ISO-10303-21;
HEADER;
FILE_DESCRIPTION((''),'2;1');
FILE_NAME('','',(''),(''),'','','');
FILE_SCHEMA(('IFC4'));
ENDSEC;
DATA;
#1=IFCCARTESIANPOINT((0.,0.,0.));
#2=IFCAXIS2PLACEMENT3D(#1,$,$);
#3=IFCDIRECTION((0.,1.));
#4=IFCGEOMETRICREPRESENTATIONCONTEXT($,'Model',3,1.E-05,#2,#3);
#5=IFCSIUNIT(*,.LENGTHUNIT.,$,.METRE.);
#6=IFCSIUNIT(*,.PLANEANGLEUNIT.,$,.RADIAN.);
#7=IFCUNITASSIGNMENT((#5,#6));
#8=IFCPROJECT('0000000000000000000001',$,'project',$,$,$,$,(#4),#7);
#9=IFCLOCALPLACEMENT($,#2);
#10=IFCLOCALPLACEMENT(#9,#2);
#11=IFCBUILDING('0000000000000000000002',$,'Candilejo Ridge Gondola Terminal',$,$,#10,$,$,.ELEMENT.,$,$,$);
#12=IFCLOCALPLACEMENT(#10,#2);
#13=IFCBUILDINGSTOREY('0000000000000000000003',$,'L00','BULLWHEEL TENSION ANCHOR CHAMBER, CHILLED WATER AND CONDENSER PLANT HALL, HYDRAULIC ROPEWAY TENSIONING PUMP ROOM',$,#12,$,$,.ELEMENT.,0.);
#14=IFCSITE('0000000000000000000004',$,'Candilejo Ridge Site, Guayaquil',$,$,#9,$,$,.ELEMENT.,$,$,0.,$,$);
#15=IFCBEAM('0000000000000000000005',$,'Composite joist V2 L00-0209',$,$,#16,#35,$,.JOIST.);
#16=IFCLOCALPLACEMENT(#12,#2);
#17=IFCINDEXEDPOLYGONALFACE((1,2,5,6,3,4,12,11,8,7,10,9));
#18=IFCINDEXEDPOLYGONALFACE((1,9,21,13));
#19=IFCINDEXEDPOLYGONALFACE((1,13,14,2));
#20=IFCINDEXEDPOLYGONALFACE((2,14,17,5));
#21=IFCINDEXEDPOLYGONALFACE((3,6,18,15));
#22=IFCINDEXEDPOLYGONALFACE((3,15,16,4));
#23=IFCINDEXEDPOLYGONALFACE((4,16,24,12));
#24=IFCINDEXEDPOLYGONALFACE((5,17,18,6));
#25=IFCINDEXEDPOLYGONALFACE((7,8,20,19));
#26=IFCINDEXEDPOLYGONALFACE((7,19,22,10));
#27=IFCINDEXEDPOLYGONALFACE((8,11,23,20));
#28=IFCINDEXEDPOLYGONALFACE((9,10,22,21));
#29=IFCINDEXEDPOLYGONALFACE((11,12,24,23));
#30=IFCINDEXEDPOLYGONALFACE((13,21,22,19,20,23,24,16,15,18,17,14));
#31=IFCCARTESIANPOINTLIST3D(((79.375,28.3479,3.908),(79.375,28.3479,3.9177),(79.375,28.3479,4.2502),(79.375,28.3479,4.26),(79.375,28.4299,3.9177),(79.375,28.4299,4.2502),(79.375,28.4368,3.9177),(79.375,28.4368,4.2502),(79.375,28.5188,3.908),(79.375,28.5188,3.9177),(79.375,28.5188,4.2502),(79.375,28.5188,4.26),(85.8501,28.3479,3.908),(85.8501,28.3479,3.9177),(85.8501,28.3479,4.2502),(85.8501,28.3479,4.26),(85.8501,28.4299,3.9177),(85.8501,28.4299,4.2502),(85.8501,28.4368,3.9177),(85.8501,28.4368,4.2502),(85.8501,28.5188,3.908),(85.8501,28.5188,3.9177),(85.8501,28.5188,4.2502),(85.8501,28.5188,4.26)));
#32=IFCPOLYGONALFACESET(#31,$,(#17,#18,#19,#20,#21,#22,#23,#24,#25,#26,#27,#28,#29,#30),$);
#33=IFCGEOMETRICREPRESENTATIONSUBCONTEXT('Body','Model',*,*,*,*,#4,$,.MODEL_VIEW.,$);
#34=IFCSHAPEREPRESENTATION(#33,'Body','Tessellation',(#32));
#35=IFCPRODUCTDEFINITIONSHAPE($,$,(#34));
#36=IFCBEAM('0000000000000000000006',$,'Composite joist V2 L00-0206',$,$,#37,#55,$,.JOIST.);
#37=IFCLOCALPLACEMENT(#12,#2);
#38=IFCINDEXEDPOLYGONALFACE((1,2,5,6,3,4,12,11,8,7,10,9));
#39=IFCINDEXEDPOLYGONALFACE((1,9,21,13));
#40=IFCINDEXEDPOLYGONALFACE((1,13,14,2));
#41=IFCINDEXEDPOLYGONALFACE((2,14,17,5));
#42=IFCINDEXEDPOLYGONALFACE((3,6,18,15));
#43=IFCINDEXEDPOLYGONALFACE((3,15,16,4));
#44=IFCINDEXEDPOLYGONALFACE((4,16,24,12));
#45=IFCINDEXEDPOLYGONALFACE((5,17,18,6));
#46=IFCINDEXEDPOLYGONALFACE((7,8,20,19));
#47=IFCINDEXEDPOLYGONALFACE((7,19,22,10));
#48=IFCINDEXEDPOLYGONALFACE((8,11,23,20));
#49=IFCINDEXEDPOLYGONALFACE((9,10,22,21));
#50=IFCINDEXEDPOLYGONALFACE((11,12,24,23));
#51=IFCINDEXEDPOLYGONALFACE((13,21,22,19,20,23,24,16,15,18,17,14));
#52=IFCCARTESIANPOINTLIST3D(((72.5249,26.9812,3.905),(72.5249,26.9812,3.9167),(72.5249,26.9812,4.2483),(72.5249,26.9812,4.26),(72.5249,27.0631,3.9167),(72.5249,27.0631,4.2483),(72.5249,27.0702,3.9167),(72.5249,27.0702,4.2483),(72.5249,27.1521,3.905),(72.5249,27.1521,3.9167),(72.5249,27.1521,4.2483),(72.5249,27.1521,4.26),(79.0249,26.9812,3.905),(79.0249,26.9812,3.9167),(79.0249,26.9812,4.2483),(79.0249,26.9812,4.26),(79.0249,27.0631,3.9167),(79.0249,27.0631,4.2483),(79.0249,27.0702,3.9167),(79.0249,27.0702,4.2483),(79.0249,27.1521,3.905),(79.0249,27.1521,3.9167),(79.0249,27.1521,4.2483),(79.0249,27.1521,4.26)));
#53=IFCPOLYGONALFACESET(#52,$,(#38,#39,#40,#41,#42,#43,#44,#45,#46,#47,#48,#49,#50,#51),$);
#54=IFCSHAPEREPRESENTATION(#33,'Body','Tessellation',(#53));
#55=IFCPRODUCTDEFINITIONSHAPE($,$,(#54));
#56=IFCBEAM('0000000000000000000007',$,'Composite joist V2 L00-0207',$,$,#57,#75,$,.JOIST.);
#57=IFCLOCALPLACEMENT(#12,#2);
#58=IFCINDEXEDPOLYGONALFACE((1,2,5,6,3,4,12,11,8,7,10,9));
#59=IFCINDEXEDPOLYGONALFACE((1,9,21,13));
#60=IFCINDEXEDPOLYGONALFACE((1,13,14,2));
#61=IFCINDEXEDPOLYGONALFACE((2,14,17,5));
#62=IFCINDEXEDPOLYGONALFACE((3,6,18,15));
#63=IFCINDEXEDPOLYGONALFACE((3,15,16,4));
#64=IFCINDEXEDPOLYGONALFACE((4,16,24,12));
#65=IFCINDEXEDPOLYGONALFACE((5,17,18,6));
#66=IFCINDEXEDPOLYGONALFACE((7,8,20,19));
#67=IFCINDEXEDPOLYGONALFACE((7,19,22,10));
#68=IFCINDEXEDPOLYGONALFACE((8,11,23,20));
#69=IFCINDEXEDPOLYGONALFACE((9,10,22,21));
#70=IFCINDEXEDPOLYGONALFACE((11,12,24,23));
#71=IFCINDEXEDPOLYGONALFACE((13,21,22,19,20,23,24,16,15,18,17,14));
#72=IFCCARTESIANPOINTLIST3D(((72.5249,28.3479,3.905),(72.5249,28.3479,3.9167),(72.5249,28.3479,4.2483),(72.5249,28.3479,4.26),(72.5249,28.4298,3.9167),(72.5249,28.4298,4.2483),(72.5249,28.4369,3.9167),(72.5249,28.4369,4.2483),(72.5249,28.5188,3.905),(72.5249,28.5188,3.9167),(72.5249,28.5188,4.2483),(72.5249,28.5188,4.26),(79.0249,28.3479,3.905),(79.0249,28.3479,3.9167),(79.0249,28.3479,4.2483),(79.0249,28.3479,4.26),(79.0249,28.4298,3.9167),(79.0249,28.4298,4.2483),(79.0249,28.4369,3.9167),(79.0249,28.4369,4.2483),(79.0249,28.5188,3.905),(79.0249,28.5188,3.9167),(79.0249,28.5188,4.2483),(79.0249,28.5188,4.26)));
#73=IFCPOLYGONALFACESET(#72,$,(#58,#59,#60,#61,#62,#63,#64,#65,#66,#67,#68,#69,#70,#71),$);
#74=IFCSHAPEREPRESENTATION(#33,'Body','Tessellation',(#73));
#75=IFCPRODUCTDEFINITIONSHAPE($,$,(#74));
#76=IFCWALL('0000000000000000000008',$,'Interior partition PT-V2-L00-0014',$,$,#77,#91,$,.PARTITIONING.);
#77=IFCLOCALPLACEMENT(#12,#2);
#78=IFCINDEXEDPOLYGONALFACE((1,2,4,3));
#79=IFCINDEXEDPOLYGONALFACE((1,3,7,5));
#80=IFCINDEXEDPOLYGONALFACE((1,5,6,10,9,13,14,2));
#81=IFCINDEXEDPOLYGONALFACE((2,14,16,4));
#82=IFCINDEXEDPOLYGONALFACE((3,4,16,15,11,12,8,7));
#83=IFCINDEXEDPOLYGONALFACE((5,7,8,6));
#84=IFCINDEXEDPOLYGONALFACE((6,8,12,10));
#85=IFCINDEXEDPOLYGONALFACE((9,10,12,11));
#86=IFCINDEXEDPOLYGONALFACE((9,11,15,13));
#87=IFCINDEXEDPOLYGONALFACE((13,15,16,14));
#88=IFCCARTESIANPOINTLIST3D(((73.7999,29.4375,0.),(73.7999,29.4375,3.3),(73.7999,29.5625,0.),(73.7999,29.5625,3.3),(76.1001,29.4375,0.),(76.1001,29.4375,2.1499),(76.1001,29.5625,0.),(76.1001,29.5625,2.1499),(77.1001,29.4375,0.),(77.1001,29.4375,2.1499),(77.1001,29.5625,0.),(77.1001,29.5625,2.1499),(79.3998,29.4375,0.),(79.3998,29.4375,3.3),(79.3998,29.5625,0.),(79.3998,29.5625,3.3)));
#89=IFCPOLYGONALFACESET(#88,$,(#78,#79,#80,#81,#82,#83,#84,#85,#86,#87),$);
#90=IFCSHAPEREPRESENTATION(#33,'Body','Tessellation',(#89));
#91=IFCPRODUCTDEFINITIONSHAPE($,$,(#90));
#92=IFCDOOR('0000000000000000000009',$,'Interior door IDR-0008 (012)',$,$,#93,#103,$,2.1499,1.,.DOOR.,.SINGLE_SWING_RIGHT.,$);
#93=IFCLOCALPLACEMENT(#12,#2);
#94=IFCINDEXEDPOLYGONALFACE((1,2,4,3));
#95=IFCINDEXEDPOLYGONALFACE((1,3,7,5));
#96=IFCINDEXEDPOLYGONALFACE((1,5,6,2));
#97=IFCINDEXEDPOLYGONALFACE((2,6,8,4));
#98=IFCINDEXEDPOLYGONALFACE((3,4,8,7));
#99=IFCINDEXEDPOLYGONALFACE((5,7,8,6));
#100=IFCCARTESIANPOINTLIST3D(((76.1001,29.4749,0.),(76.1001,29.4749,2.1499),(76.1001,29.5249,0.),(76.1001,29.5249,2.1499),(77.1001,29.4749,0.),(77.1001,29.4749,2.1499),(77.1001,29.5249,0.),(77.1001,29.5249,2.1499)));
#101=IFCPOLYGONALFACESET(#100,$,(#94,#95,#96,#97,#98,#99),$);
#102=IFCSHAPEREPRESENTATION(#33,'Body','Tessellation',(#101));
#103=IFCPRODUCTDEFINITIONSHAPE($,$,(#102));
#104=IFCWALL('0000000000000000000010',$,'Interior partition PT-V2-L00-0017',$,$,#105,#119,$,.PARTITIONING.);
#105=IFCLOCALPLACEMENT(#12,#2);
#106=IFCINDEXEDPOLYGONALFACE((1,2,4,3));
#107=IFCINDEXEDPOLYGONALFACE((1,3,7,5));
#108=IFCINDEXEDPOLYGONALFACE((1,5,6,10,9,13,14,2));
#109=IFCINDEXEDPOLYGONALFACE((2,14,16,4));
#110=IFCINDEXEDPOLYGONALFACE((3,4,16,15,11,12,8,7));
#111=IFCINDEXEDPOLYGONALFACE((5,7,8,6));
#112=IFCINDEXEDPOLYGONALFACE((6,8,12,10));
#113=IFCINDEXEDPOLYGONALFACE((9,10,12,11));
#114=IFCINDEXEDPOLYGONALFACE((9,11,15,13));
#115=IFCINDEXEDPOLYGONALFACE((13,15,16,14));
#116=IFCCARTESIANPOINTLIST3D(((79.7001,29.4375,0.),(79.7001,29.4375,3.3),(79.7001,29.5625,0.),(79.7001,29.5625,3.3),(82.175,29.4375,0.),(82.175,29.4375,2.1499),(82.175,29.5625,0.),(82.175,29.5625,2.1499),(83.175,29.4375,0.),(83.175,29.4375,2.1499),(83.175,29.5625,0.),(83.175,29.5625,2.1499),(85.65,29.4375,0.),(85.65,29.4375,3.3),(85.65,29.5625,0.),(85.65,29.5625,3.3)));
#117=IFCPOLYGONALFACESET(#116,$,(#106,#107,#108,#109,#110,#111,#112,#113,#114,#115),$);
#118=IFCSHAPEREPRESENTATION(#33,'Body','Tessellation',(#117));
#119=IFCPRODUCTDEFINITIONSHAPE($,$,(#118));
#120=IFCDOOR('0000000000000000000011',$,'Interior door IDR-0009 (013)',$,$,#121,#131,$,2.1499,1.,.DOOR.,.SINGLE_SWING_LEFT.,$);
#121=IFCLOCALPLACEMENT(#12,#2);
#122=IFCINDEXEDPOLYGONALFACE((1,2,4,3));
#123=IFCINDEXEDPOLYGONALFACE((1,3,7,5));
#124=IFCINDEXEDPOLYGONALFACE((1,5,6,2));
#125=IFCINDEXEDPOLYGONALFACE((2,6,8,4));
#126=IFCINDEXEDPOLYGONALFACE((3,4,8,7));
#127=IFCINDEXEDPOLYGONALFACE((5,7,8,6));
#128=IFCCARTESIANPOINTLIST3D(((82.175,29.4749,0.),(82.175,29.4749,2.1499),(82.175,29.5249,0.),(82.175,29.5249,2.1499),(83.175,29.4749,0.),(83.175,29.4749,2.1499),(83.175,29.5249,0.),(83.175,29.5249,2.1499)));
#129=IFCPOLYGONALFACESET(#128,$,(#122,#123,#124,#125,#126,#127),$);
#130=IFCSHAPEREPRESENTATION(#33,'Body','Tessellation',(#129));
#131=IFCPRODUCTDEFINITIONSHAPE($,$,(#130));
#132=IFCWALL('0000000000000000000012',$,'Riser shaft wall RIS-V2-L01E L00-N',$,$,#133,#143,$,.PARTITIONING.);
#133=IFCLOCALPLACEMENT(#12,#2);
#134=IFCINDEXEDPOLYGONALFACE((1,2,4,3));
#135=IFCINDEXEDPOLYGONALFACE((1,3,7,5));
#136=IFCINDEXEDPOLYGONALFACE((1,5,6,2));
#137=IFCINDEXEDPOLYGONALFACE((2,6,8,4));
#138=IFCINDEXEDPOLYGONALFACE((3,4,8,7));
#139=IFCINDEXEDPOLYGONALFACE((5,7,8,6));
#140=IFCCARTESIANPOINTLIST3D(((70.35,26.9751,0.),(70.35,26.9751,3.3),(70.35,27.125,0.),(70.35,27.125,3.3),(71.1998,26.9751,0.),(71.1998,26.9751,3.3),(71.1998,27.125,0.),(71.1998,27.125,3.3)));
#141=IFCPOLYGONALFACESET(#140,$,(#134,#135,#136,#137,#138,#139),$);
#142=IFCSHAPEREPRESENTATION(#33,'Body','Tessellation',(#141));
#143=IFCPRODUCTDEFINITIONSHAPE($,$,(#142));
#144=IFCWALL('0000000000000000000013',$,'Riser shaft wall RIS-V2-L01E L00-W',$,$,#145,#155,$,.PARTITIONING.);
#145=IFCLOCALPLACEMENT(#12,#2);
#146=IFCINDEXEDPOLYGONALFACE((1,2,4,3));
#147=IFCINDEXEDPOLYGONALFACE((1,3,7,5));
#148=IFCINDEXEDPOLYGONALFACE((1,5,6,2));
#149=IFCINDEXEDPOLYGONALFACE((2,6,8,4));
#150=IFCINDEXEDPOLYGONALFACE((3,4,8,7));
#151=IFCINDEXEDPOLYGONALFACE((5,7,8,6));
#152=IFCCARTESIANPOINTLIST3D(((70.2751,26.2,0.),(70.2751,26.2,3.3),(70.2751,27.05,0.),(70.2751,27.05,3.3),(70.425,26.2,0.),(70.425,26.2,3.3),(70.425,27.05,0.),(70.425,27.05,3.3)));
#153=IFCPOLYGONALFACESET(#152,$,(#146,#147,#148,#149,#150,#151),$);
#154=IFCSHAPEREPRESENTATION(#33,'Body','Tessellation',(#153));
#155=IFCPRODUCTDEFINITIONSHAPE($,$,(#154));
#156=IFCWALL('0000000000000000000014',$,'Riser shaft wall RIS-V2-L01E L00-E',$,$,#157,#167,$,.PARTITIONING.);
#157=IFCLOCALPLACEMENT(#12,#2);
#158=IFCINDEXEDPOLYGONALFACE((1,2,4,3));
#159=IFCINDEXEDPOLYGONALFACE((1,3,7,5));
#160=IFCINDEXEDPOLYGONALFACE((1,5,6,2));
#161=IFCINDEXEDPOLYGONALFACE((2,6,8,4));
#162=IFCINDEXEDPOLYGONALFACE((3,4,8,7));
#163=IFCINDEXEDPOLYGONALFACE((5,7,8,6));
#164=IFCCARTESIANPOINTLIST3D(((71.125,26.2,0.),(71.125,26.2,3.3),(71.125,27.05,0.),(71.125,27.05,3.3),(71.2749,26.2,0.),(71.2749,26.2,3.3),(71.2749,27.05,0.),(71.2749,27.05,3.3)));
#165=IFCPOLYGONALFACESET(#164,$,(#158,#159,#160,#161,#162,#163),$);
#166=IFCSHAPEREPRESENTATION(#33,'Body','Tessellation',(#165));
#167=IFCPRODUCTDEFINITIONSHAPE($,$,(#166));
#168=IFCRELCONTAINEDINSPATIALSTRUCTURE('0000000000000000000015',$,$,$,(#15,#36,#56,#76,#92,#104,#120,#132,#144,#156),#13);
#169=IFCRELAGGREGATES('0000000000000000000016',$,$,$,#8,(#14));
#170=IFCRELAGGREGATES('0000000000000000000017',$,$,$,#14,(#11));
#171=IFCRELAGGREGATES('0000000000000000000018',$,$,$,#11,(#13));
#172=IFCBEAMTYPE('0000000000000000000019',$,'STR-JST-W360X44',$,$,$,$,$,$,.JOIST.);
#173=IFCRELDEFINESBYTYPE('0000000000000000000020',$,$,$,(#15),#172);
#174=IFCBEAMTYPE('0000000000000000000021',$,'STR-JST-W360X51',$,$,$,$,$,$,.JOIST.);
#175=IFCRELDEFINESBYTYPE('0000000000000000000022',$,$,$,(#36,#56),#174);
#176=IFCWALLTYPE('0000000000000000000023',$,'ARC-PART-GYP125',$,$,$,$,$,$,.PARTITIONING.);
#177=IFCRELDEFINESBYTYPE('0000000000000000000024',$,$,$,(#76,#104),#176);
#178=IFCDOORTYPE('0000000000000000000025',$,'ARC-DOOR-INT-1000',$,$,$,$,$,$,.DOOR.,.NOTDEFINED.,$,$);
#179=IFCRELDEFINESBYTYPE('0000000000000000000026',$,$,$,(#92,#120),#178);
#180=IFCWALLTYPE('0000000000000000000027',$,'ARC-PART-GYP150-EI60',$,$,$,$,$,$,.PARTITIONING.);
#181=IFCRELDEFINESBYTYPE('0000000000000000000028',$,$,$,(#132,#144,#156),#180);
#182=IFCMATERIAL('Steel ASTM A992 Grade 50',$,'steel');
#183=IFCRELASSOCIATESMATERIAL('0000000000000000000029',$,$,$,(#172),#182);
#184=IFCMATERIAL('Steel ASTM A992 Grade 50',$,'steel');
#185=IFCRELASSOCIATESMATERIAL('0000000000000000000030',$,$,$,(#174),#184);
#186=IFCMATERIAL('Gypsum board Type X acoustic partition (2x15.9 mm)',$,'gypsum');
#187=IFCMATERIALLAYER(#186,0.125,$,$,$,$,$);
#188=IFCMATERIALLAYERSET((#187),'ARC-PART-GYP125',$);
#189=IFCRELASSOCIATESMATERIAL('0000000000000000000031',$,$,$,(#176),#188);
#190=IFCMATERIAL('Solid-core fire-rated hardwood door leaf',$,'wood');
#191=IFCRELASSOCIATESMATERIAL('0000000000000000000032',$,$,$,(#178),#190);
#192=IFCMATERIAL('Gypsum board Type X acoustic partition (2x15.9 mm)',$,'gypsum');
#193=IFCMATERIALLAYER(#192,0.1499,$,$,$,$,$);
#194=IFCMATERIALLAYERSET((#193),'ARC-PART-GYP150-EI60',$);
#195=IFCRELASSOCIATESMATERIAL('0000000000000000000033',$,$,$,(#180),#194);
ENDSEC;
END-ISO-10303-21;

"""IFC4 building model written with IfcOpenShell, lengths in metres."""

from ifc_helpers import new_model, si_unit, direction, frame, frame_2d, origin, origin_2d, place, context, subcontext, project, spatial, rectangle, i_section, extrude, material, layer, layer_set, material_profile, profile_set, type_object, element, fill, save


model = new_model("IFC4")

# Units and contexts
model_context = context("Model", 3, precision=1e-05, world=origin(), true_north=direction((0.0, 1.0)))
body_context = subcontext(model_context, "Body", "Model", "MODEL_VIEW")
ifc_project = project(units=[si_unit("LENGTHUNIT", "METRE"), si_unit("PLANEANGLEUNIT", "RADIAN")], contexts=[model_context])

# Site, building, storey
site_placement = place(None, origin())
site = spatial("IfcSite", under=ifc_project, at=site_placement, Name="Candilejo Ridge Site, Guayaquil", CompositionType="ELEMENT", RefElevation=0.0)
building_placement = place(site_placement, origin())
building = spatial("IfcBuilding", under=site, at=building_placement, Name="Candilejo Ridge Gondola Terminal", CompositionType="ELEMENT")
storey_placement = place(building_placement, origin())
storey = spatial("IfcBuildingStorey", under=building, at=storey_placement, Name="L00", Description="BULLWHEEL TENSION ANCHOR CHAMBER, CHILLED WATER AND CONDENSER PLANT HALL, HYDRAULIC ROPEWAY TENSIONING PUMP ROOM", CompositionType="ELEMENT", Elevation=0.0)

# Beams
ifc_material_1 = material(Name="Steel ASTM A992 Grade 50", Category="steel")
ifc_material_profile_1 = material_profile(ifc_material_1, i_section(OverallWidth=0.1709, OverallDepth=0.3521, WebThickness=0.0068, FlangeThickness=0.0098, at=origin_2d()))
ifc_profile_set_1 = profile_set([ifc_material_profile_1], Name="Steel ASTM A992 Grade 50")
beam_type_1 = type_object("IfcBeamType", Name="STR-JST-W360X44", PredefinedType="JOIST", material=ifc_profile_set_1)
for number, where, z_axis, x_axis, name in (
    (1, (79.375, 28.4333, 4.084), (1.0, 0.0, 0.0), (0.0, 1.0, 0.0), "Composite joist V2 L00-0209"),
):
    element("IfcBeam", number, at=place(storey_placement, frame(where, z_axis=z_axis, x_axis=x_axis)), inside=storey, type_object=beam_type_1, Name=name, PredefinedType="JOIST", context=body_context, shape_type="SweptSolid", body=[
        extrude(i_section(OverallWidth=0.1709, OverallDepth=0.3521, WebThickness=0.0068, FlangeThickness=0.0098, at=origin_2d()), origin(), (0.0, 0.0, 1.0), 6.4751),
    ])
ifc_material_2 = material(Name="Steel ASTM A992 Grade 50", Category="steel")
ifc_material_profile_2 = material_profile(ifc_material_2, i_section(OverallWidth=0.1709, OverallDepth=0.355, WebThickness=0.0071, FlangeThickness=0.0117, at=origin_2d()))
ifc_profile_set_2 = profile_set([ifc_material_profile_2], Name="Steel ASTM A992 Grade 50")
beam_type_2 = type_object("IfcBeamType", Name="STR-JST-W360X51", PredefinedType="JOIST", material=ifc_profile_set_2)
for number, where, z_axis, x_axis, name in (
    (2, (72.5249, 27.0667, 4.0825), (1.0, 0.0, 0.0), (0.0, 1.0, 0.0), "Composite joist V2 L00-0206"),
    (3, (72.5249, 28.4333, 4.0825), (1.0, 0.0, 0.0), (0.0, 1.0, 0.0), "Composite joist V2 L00-0207"),
):
    element("IfcBeam", number, at=place(storey_placement, frame(where, z_axis=z_axis, x_axis=x_axis)), inside=storey, type_object=beam_type_2, Name=name, PredefinedType="JOIST", context=body_context, shape_type="SweptSolid", body=[
        extrude(i_section(OverallWidth=0.1709, OverallDepth=0.355, WebThickness=0.0071, FlangeThickness=0.0117, at=origin_2d()), origin(), (0.0, 0.0, 1.0), 6.5),
    ])

# Walls, openings, doors
ifc_material_3 = material(Name="Gypsum board Type X acoustic partition (2x15.9 mm)", Category="gypsum")
ifc_layer_1 = layer(ifc_material_3, 0.125)
ifc_layer_set_1 = layer_set([ifc_layer_1], Name="ARC-PART-GYP125")
wall_type_1 = type_object("IfcWallType", Name="ARC-PART-GYP125", PredefinedType="PARTITIONING", material=ifc_layer_set_1)
wall_1_placement = place(storey_placement, frame((73.8, 29.5, 0.0), z_axis=(0.0, 0.0, 1.0), x_axis=(1.0, 0.0, 0.0)))
wall_1 = element("IfcWall", 4, at=wall_1_placement, inside=storey, type_object=wall_type_1, Name="Interior partition PT-V2-L00-0014", PredefinedType="PARTITIONING", context=body_context, shape_type="SweptSolid", body=[
    extrude(rectangle(XDim=5.5999, YDim=0.125, at=frame_2d((2.7998, 0.0))), origin(), (0.0, 0.0, 1.0), 3.3),
])
opening_1_placement = place(wall_1_placement, frame((2.3, 0.0, 0.0)))
opening_1 = element("IfcOpeningElement", 5, at=opening_1_placement, cuts=wall_1, PredefinedType="OPENING", context=body_context, shape_type="SweptSolid", body=[
    extrude(rectangle(XDim=1.0, YDim=2.1499, at=frame_2d((0.5, 1.075))), frame((0.0, 0.0725, 0.0), z_axis=(0.0, -1.0, 0.0), x_axis=(1.0, 0.0, 0.0)), (0.0, 0.0, 1.0), 0.145),
])
ifc_material_4 = material(Name="Solid-core fire-rated hardwood door leaf", Category="wood")
door_type_1 = type_object("IfcDoorType", Name="ARC-DOOR-INT-1000", OperationType="NOTDEFINED", PredefinedType="DOOR", material=ifc_material_4)
door_1_placement = place(opening_1_placement, origin())
door_1 = element("IfcDoor", 6, at=door_1_placement, inside=storey, type_object=door_type_1, Name="Interior door IDR-0008 (012)", OperationType="SINGLE_SWING_RIGHT", OverallHeight=2.1499, OverallWidth=1.0, PredefinedType="DOOR", context=body_context, shape_type="SweptSolid", body=[
    extrude(rectangle(XDim=1.0, YDim=2.1499, at=frame_2d((0.5, 1.075))), frame((0.0, 0.0249, 0.0), z_axis=(0.0, -1.0, 0.0), x_axis=(1.0, 0.0, 0.0)), (0.0, 0.0, 1.0), 0.05),
])
fill(opening_1, door_1)
wall_2_placement = place(storey_placement, frame((79.7, 29.5, 0.0), z_axis=(0.0, 0.0, 1.0), x_axis=(1.0, 0.0, 0.0)))
wall_2 = element("IfcWall", 7, at=wall_2_placement, inside=storey, type_object=wall_type_1, Name="Interior partition PT-V2-L00-0017", PredefinedType="PARTITIONING", context=body_context, shape_type="SweptSolid", body=[
    extrude(rectangle(XDim=5.95, YDim=0.125, at=frame_2d((2.9751, 0.0))), origin(), (0.0, 0.0, 1.0), 3.3),
])
opening_2_placement = place(wall_2_placement, frame((2.4751, 0.0, 0.0)))
opening_2 = element("IfcOpeningElement", 8, at=opening_2_placement, cuts=wall_2, PredefinedType="OPENING", context=body_context, shape_type="SweptSolid", body=[
    extrude(rectangle(XDim=1.0, YDim=2.1499, at=frame_2d((0.5, 1.075))), frame((0.0, 0.0725, 0.0), z_axis=(0.0, -1.0, 0.0), x_axis=(1.0, 0.0, 0.0)), (0.0, 0.0, 1.0), 0.145),
])
door_2_placement = place(opening_2_placement, origin())
door_2 = element("IfcDoor", 9, at=door_2_placement, inside=storey, type_object=door_type_1, Name="Interior door IDR-0009 (013)", OperationType="SINGLE_SWING_LEFT", OverallHeight=2.1499, OverallWidth=1.0, PredefinedType="DOOR", context=body_context, shape_type="SweptSolid", body=[
    extrude(rectangle(XDim=1.0, YDim=2.1499, at=frame_2d((0.5, 1.075))), frame((0.0, 0.0249, 0.0), z_axis=(0.0, -1.0, 0.0), x_axis=(1.0, 0.0, 0.0)), (0.0, 0.0, 1.0), 0.05),
])
fill(opening_2, door_2)

# Walls
ifc_material_5 = material(Name="Gypsum board Type X acoustic partition (2x15.9 mm)", Category="gypsum")
ifc_layer_2 = layer(ifc_material_5, 0.1499)
ifc_layer_set_2 = layer_set([ifc_layer_2], Name="ARC-PART-GYP150-EI60")
wall_type_2 = type_object("IfcWallType", Name="ARC-PART-GYP150-EI60", PredefinedType="PARTITIONING", material=ifc_layer_set_2)
wall_3_placement = place(storey_placement, frame((70.3501, 27.05, 0.0), z_axis=(0.0, 0.0, 1.0), x_axis=(1.0, 0.0, 0.0)))
element("IfcWall", 10, at=wall_3_placement, inside=storey, type_object=wall_type_2, Name="Riser shaft wall RIS-V2-L01E L00-N", PredefinedType="PARTITIONING", context=body_context, shape_type="SweptSolid", body=[
    extrude(rectangle(XDim=0.8499, YDim=0.1499, at=frame_2d((0.4248, 0.0))), origin(), (0.0, 0.0, 1.0), 3.3),
])
for number, where, z_axis, x_axis, name in (
    (11, (70.3501, 26.2, 0.0), (0.0, 0.0, 1.0), (0.0, 1.0, 0.0), "Riser shaft wall RIS-V2-L01E L00-W"),
    (12, (71.2, 26.2, 0.0), (0.0, 0.0, 1.0), (0.0, 1.0, 0.0), "Riser shaft wall RIS-V2-L01E L00-E"),
):
    element("IfcWall", number, at=place(storey_placement, frame(where, z_axis=z_axis, x_axis=x_axis)), inside=storey, type_object=wall_type_2, Name=name, PredefinedType="PARTITIONING", context=body_context, shape_type="SweptSolid", body=[
        extrude(rectangle(XDim=0.8501, YDim=0.1499, at=frame_2d((0.425, 0.0))), origin(), (0.0, 0.0, 1.0), 3.3),
    ])

save(model, "model.ifc")
